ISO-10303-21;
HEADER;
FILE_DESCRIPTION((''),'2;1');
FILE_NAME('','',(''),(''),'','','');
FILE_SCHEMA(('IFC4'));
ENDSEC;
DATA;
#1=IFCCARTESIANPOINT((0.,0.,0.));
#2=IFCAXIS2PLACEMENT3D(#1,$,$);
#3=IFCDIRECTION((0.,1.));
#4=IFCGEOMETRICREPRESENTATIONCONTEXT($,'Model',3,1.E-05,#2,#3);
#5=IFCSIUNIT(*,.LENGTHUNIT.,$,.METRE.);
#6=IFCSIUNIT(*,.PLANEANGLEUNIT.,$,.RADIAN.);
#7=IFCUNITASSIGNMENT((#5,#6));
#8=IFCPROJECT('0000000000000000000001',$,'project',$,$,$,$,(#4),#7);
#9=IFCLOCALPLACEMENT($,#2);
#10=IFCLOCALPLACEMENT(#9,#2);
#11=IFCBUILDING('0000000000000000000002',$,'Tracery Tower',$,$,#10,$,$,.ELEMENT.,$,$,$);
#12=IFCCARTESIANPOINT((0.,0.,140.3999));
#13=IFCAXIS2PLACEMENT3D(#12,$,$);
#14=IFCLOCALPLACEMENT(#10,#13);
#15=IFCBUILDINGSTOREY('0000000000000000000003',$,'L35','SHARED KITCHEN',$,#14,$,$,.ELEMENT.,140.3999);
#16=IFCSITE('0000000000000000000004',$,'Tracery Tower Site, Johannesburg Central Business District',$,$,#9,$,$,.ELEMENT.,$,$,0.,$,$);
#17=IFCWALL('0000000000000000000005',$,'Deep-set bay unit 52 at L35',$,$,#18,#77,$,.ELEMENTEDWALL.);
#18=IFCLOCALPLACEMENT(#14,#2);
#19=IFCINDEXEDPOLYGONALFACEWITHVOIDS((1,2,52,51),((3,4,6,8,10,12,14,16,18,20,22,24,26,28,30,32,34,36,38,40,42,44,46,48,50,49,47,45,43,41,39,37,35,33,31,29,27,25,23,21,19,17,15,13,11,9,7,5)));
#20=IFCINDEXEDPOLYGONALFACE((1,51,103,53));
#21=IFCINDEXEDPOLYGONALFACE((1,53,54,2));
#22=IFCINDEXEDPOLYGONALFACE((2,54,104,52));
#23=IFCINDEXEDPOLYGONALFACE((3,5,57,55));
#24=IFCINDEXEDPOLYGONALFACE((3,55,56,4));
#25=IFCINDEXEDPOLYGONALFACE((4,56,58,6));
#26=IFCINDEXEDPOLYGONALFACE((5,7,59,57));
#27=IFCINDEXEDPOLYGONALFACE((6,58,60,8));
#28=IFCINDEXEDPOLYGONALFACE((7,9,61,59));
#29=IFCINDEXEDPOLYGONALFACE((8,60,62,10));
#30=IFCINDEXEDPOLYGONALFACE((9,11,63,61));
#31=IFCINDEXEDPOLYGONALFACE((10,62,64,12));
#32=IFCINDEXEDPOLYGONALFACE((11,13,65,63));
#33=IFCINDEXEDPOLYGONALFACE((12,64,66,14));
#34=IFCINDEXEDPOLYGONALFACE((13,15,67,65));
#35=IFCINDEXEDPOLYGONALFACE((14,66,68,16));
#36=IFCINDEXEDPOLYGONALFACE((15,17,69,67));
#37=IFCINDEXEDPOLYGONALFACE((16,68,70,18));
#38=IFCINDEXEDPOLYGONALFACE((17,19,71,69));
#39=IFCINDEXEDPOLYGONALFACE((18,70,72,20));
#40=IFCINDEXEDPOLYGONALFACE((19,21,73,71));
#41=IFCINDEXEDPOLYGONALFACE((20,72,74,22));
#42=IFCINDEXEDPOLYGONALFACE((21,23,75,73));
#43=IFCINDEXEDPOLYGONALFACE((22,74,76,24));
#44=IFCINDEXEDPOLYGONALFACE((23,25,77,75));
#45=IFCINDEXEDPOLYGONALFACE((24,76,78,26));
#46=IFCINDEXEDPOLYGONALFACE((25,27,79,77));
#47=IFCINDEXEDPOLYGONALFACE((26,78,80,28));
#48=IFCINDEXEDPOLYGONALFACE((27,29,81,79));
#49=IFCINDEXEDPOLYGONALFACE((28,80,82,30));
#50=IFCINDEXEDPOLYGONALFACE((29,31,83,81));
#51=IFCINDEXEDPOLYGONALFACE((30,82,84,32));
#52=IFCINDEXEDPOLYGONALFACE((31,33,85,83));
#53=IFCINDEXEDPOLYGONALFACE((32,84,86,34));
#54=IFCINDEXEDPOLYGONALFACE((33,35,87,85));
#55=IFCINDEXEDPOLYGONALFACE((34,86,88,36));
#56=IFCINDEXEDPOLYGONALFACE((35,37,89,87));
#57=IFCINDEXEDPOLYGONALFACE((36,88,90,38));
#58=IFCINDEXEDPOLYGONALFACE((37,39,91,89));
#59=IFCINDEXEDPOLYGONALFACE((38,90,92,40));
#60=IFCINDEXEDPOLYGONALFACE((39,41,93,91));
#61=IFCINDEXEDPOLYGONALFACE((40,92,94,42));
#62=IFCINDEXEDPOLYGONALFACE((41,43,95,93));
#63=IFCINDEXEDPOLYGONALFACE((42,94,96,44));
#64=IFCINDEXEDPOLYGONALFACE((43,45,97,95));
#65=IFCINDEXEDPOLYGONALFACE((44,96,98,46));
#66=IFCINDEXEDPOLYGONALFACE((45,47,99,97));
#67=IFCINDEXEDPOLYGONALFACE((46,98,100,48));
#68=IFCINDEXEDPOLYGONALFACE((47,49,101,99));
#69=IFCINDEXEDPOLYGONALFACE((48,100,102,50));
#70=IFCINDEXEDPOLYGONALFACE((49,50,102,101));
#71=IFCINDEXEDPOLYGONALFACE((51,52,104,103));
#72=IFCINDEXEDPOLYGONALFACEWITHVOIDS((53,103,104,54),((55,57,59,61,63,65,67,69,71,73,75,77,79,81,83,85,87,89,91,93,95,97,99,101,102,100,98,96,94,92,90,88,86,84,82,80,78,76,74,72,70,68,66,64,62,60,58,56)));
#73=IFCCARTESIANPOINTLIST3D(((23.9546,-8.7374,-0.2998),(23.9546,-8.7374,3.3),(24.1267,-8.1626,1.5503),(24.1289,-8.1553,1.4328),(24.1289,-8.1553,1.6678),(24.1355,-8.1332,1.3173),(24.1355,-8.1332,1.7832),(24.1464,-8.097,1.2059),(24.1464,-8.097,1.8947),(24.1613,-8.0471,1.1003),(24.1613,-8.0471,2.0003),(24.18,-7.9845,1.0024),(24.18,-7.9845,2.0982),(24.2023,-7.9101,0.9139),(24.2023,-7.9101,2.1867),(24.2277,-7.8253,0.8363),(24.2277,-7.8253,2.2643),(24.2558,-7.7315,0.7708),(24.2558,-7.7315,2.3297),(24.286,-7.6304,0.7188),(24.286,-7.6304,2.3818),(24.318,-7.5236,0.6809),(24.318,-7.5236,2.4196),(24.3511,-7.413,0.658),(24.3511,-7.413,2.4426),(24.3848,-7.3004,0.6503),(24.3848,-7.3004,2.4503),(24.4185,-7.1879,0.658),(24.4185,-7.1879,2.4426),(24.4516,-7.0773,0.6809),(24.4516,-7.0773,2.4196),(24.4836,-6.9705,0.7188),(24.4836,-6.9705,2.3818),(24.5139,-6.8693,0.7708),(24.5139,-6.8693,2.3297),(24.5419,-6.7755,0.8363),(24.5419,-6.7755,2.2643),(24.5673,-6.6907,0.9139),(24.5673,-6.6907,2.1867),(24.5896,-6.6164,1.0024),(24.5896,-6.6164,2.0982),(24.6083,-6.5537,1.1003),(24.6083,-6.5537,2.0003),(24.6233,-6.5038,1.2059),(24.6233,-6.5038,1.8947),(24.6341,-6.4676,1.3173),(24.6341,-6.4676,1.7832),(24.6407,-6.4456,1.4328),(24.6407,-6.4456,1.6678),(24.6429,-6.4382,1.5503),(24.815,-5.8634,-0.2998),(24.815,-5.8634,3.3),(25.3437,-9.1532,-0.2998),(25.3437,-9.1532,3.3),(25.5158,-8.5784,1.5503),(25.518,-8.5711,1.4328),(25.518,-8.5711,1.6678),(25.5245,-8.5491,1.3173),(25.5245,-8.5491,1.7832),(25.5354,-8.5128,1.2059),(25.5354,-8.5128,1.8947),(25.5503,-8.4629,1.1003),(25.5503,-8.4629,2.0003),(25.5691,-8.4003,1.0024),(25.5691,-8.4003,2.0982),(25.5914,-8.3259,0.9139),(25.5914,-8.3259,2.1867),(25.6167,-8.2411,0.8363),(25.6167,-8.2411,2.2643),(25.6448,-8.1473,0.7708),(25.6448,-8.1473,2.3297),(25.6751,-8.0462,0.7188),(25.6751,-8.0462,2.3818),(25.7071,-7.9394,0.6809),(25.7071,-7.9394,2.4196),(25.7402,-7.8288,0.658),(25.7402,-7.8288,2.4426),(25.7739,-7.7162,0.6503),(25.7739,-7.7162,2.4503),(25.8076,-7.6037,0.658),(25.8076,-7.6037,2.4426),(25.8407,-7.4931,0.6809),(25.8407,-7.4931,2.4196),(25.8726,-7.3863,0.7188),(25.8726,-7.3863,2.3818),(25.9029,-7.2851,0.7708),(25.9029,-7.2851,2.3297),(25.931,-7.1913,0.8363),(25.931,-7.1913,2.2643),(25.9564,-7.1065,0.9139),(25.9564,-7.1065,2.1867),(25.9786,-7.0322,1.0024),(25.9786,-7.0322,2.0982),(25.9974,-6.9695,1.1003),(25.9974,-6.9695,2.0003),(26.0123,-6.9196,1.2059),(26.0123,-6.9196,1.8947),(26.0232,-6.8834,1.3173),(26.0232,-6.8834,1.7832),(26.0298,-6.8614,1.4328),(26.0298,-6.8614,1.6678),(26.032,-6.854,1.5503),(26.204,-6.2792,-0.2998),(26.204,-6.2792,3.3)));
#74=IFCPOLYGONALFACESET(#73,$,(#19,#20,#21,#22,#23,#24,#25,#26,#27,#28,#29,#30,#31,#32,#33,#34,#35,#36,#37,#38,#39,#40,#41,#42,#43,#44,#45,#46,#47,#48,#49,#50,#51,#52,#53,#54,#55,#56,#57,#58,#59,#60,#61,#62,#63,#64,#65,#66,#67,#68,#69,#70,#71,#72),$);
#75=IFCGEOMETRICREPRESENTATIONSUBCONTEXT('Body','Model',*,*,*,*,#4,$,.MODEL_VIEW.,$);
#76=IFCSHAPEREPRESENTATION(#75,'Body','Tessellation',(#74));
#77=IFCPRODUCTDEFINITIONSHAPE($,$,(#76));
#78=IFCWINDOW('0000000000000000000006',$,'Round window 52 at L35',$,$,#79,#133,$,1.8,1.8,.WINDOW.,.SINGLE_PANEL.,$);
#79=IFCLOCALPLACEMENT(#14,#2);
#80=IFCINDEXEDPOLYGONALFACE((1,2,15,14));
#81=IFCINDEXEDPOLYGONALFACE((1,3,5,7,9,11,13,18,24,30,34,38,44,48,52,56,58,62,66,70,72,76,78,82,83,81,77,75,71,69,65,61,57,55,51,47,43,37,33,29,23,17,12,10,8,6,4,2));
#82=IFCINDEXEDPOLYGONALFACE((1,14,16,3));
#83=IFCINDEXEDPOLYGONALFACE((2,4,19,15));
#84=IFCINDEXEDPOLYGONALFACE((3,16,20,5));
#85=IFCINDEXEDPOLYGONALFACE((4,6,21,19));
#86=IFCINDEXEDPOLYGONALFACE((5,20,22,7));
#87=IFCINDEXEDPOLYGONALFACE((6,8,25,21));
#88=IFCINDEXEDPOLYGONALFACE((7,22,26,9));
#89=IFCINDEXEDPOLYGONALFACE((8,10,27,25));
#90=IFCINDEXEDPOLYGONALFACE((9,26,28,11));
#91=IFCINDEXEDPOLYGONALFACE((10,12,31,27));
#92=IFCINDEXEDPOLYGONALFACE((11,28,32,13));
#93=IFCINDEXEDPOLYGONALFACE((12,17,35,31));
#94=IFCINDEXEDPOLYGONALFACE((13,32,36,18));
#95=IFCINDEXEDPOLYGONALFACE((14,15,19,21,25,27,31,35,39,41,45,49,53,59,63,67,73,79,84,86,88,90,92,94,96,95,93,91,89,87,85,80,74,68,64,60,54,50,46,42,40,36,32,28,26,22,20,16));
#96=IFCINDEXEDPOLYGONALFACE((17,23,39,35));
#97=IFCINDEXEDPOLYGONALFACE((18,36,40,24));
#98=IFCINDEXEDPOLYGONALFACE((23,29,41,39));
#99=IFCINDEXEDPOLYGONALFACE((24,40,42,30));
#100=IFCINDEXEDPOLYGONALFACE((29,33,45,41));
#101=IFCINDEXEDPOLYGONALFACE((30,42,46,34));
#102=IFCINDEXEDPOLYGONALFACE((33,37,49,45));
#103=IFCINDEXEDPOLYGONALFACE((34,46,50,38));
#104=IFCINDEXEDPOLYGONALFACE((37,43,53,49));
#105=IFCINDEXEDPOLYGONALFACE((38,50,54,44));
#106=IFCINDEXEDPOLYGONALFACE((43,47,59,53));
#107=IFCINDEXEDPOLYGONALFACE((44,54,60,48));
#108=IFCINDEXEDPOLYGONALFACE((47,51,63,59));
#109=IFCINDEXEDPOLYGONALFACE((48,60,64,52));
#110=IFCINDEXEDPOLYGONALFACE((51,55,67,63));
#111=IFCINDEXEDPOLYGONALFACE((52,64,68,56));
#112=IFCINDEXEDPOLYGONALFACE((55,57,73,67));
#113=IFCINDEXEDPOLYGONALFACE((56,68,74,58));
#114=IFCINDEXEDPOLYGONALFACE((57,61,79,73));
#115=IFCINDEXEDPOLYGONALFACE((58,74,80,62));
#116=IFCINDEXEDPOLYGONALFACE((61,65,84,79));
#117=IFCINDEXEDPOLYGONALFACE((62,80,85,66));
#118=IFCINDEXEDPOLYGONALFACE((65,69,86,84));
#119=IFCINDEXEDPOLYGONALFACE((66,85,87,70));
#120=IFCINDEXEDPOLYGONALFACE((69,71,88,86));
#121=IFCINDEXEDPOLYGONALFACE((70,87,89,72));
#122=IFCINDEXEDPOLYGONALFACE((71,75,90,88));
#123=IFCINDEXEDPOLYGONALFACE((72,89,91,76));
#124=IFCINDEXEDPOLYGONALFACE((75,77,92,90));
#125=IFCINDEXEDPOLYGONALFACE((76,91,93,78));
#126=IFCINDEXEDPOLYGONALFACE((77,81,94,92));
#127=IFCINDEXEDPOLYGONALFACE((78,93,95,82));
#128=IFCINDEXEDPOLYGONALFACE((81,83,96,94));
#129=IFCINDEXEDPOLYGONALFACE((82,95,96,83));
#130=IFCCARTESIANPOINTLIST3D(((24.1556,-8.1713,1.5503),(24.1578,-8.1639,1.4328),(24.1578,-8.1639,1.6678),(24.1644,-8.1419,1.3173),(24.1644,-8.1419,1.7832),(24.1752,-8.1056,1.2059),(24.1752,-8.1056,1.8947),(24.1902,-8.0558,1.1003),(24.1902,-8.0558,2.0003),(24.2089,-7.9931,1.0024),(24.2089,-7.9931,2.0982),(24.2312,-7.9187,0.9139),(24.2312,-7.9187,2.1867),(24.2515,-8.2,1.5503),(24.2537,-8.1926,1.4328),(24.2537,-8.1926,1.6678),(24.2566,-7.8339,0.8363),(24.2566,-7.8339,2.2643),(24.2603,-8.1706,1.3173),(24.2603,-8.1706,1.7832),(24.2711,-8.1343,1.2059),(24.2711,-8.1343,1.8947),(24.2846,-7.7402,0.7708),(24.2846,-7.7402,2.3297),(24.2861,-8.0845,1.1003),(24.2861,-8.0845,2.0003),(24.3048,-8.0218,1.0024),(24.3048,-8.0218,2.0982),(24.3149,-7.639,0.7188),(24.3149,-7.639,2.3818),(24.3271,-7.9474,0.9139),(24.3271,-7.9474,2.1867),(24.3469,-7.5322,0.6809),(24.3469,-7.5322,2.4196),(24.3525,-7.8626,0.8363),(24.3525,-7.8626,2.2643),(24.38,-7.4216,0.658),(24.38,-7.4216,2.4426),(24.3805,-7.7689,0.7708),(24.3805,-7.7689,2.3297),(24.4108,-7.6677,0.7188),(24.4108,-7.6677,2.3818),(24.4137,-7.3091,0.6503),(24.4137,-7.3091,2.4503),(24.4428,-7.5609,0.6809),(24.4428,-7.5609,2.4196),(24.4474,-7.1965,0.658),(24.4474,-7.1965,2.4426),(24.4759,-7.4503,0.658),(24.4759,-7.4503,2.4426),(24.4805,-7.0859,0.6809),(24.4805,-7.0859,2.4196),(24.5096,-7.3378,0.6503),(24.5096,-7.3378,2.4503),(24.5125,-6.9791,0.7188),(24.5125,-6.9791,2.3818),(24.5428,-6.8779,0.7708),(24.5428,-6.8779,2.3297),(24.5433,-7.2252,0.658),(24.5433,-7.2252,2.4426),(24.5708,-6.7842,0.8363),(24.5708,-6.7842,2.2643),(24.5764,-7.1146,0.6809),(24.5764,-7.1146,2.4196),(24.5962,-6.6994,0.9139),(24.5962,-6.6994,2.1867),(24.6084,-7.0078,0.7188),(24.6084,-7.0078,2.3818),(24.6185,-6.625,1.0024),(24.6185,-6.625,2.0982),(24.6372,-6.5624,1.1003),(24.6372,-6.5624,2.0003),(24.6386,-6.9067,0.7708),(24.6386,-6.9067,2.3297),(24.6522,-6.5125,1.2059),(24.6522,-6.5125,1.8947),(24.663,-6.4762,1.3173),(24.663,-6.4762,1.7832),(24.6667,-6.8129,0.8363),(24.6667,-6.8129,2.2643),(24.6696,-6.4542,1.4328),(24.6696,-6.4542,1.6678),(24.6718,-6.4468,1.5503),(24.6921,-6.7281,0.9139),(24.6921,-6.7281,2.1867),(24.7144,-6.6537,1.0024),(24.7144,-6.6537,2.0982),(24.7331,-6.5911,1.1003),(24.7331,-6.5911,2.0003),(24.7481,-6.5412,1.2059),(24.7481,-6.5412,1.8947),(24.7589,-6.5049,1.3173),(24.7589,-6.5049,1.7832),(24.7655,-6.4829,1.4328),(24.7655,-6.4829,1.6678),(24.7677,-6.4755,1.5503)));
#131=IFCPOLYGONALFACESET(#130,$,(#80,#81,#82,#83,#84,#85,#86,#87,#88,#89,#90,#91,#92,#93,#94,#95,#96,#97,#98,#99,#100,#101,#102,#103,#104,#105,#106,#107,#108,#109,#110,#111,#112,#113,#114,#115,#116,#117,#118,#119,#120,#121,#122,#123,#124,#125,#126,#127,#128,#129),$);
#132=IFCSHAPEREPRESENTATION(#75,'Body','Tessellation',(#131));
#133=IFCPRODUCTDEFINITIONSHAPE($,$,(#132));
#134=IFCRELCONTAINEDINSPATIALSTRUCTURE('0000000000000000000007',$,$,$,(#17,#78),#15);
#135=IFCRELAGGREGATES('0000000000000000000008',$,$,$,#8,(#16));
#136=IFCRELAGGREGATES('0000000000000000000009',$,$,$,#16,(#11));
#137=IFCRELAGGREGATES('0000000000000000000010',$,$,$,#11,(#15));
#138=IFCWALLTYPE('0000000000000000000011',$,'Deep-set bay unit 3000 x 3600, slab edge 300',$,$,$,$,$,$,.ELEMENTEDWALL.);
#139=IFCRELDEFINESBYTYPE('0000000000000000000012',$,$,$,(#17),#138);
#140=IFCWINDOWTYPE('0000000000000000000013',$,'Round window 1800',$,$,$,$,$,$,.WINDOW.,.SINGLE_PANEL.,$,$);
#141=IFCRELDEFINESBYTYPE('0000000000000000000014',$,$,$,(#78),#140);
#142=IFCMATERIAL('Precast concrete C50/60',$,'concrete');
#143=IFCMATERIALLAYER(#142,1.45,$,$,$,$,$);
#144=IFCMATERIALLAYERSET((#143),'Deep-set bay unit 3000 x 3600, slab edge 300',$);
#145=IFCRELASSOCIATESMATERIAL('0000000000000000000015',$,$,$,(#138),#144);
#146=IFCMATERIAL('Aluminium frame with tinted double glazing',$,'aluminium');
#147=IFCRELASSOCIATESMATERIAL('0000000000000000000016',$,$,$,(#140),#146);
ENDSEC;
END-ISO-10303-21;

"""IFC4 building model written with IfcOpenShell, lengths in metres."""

from ifc_helpers import new_model, si_unit, direction, frame, frame_2d, origin, origin_2d, place, context, subcontext, project, spatial, rectangle, circle, extrude, material, layer, layer_set, type_object, element, fill, save


model = new_model("IFC4")

# Units and contexts
model_context = context("Model", 3, precision=1e-05, world=origin(), true_north=direction((0.0, 1.0)))
body_context = subcontext(model_context, "Body", "Model", "MODEL_VIEW")
ifc_project = project(units=[si_unit("LENGTHUNIT", "METRE"), si_unit("PLANEANGLEUNIT", "RADIAN")], contexts=[model_context])

# Site, building, storey
site_placement = place(None, origin())
site = spatial("IfcSite", under=ifc_project, at=site_placement, Name="Tracery Tower Site, Johannesburg Central Business District", CompositionType="ELEMENT", RefElevation=0.0)
building_placement = place(site_placement, origin())
building = spatial("IfcBuilding", under=site, at=building_placement, Name="Tracery Tower", CompositionType="ELEMENT")
storey_placement = place(building_placement, frame((0.0, 0.0, 140.3999)))
storey = spatial("IfcBuildingStorey", under=building, at=storey_placement, Name="L35", Description="SHARED KITCHEN", CompositionType="ELEMENT", Elevation=140.3999)

# Wall, opening, window
ifc_material_1 = material(Name="Precast concrete C50/60", Category="concrete")
ifc_layer_1 = layer(ifc_material_1, 1.45)
ifc_layer_set_1 = layer_set([ifc_layer_1], Name="Deep-set bay unit 3000 x 3600, slab edge 300")
wall_type_1 = type_object("IfcWallType", Name="Deep-set bay unit 3000 x 3600, slab edge 300", PredefinedType="ELEMENTEDWALL", material=ifc_layer_set_1)
wall_1_placement = place(storey_placement, frame((24.6492, -8.9453, -0.2998), z_axis=(0.0, 0.0, 1.0), x_axis=(0.28678, 0.957996, 0.0)))
wall_1 = element("IfcWall", 1, at=wall_1_placement, inside=storey, type_object=wall_type_1, Name="Deep-set bay unit 52 at L35", PredefinedType="ELEMENTEDWALL", context=body_context, shape_type="SweptSolid", body=[
    extrude(rectangle(XDim=3.0, YDim=1.45, at=frame_2d((1.5, 0.0))), origin(), (0.0, 0.0, 1.0), 3.5999),
])
opening_1_placement = place(wall_1_placement, frame((1.5, 0.0, 1.8501)))
opening_1 = element("IfcOpeningElement", 2, at=opening_1_placement, cuts=wall_1, PredefinedType="OPENING", context=body_context, shape_type="SweptSolid", body=[
    extrude(circle(Radius=0.9, at=origin_2d()), frame((0.0, 0.7349, 0.0), z_axis=(0.0, -1.0, 0.0), x_axis=(1.0, 0.0, 0.0)), (0.0, 0.0, 1.0), 1.47),
])
ifc_material_2 = material(Name="Aluminium frame with tinted double glazing", Category="aluminium")
window_type = type_object("IfcWindowType", Name="Round window 1800", PartitioningType="SINGLE_PANEL", PredefinedType="WINDOW", material=ifc_material_2)
window_1_placement = place(opening_1_placement, origin())
window_1 = element("IfcWindow", 3, at=window_1_placement, inside=storey, type_object=window_type, Name="Round window 52 at L35", OverallHeight=1.8, OverallWidth=1.8, PartitioningType="SINGLE_PANEL", PredefinedType="WINDOW", context=body_context, shape_type="SweptSolid", body=[
    extrude(circle(Radius=0.9, at=origin_2d()), frame((0.0, 0.6948, 0.0), z_axis=(0.0, -1.0, 0.0), x_axis=(1.0, 0.0, 0.0)), (0.0, 0.0, 1.0), 0.1001),
])
fill(opening_1, window_1)

save(model, "model.ifc")
